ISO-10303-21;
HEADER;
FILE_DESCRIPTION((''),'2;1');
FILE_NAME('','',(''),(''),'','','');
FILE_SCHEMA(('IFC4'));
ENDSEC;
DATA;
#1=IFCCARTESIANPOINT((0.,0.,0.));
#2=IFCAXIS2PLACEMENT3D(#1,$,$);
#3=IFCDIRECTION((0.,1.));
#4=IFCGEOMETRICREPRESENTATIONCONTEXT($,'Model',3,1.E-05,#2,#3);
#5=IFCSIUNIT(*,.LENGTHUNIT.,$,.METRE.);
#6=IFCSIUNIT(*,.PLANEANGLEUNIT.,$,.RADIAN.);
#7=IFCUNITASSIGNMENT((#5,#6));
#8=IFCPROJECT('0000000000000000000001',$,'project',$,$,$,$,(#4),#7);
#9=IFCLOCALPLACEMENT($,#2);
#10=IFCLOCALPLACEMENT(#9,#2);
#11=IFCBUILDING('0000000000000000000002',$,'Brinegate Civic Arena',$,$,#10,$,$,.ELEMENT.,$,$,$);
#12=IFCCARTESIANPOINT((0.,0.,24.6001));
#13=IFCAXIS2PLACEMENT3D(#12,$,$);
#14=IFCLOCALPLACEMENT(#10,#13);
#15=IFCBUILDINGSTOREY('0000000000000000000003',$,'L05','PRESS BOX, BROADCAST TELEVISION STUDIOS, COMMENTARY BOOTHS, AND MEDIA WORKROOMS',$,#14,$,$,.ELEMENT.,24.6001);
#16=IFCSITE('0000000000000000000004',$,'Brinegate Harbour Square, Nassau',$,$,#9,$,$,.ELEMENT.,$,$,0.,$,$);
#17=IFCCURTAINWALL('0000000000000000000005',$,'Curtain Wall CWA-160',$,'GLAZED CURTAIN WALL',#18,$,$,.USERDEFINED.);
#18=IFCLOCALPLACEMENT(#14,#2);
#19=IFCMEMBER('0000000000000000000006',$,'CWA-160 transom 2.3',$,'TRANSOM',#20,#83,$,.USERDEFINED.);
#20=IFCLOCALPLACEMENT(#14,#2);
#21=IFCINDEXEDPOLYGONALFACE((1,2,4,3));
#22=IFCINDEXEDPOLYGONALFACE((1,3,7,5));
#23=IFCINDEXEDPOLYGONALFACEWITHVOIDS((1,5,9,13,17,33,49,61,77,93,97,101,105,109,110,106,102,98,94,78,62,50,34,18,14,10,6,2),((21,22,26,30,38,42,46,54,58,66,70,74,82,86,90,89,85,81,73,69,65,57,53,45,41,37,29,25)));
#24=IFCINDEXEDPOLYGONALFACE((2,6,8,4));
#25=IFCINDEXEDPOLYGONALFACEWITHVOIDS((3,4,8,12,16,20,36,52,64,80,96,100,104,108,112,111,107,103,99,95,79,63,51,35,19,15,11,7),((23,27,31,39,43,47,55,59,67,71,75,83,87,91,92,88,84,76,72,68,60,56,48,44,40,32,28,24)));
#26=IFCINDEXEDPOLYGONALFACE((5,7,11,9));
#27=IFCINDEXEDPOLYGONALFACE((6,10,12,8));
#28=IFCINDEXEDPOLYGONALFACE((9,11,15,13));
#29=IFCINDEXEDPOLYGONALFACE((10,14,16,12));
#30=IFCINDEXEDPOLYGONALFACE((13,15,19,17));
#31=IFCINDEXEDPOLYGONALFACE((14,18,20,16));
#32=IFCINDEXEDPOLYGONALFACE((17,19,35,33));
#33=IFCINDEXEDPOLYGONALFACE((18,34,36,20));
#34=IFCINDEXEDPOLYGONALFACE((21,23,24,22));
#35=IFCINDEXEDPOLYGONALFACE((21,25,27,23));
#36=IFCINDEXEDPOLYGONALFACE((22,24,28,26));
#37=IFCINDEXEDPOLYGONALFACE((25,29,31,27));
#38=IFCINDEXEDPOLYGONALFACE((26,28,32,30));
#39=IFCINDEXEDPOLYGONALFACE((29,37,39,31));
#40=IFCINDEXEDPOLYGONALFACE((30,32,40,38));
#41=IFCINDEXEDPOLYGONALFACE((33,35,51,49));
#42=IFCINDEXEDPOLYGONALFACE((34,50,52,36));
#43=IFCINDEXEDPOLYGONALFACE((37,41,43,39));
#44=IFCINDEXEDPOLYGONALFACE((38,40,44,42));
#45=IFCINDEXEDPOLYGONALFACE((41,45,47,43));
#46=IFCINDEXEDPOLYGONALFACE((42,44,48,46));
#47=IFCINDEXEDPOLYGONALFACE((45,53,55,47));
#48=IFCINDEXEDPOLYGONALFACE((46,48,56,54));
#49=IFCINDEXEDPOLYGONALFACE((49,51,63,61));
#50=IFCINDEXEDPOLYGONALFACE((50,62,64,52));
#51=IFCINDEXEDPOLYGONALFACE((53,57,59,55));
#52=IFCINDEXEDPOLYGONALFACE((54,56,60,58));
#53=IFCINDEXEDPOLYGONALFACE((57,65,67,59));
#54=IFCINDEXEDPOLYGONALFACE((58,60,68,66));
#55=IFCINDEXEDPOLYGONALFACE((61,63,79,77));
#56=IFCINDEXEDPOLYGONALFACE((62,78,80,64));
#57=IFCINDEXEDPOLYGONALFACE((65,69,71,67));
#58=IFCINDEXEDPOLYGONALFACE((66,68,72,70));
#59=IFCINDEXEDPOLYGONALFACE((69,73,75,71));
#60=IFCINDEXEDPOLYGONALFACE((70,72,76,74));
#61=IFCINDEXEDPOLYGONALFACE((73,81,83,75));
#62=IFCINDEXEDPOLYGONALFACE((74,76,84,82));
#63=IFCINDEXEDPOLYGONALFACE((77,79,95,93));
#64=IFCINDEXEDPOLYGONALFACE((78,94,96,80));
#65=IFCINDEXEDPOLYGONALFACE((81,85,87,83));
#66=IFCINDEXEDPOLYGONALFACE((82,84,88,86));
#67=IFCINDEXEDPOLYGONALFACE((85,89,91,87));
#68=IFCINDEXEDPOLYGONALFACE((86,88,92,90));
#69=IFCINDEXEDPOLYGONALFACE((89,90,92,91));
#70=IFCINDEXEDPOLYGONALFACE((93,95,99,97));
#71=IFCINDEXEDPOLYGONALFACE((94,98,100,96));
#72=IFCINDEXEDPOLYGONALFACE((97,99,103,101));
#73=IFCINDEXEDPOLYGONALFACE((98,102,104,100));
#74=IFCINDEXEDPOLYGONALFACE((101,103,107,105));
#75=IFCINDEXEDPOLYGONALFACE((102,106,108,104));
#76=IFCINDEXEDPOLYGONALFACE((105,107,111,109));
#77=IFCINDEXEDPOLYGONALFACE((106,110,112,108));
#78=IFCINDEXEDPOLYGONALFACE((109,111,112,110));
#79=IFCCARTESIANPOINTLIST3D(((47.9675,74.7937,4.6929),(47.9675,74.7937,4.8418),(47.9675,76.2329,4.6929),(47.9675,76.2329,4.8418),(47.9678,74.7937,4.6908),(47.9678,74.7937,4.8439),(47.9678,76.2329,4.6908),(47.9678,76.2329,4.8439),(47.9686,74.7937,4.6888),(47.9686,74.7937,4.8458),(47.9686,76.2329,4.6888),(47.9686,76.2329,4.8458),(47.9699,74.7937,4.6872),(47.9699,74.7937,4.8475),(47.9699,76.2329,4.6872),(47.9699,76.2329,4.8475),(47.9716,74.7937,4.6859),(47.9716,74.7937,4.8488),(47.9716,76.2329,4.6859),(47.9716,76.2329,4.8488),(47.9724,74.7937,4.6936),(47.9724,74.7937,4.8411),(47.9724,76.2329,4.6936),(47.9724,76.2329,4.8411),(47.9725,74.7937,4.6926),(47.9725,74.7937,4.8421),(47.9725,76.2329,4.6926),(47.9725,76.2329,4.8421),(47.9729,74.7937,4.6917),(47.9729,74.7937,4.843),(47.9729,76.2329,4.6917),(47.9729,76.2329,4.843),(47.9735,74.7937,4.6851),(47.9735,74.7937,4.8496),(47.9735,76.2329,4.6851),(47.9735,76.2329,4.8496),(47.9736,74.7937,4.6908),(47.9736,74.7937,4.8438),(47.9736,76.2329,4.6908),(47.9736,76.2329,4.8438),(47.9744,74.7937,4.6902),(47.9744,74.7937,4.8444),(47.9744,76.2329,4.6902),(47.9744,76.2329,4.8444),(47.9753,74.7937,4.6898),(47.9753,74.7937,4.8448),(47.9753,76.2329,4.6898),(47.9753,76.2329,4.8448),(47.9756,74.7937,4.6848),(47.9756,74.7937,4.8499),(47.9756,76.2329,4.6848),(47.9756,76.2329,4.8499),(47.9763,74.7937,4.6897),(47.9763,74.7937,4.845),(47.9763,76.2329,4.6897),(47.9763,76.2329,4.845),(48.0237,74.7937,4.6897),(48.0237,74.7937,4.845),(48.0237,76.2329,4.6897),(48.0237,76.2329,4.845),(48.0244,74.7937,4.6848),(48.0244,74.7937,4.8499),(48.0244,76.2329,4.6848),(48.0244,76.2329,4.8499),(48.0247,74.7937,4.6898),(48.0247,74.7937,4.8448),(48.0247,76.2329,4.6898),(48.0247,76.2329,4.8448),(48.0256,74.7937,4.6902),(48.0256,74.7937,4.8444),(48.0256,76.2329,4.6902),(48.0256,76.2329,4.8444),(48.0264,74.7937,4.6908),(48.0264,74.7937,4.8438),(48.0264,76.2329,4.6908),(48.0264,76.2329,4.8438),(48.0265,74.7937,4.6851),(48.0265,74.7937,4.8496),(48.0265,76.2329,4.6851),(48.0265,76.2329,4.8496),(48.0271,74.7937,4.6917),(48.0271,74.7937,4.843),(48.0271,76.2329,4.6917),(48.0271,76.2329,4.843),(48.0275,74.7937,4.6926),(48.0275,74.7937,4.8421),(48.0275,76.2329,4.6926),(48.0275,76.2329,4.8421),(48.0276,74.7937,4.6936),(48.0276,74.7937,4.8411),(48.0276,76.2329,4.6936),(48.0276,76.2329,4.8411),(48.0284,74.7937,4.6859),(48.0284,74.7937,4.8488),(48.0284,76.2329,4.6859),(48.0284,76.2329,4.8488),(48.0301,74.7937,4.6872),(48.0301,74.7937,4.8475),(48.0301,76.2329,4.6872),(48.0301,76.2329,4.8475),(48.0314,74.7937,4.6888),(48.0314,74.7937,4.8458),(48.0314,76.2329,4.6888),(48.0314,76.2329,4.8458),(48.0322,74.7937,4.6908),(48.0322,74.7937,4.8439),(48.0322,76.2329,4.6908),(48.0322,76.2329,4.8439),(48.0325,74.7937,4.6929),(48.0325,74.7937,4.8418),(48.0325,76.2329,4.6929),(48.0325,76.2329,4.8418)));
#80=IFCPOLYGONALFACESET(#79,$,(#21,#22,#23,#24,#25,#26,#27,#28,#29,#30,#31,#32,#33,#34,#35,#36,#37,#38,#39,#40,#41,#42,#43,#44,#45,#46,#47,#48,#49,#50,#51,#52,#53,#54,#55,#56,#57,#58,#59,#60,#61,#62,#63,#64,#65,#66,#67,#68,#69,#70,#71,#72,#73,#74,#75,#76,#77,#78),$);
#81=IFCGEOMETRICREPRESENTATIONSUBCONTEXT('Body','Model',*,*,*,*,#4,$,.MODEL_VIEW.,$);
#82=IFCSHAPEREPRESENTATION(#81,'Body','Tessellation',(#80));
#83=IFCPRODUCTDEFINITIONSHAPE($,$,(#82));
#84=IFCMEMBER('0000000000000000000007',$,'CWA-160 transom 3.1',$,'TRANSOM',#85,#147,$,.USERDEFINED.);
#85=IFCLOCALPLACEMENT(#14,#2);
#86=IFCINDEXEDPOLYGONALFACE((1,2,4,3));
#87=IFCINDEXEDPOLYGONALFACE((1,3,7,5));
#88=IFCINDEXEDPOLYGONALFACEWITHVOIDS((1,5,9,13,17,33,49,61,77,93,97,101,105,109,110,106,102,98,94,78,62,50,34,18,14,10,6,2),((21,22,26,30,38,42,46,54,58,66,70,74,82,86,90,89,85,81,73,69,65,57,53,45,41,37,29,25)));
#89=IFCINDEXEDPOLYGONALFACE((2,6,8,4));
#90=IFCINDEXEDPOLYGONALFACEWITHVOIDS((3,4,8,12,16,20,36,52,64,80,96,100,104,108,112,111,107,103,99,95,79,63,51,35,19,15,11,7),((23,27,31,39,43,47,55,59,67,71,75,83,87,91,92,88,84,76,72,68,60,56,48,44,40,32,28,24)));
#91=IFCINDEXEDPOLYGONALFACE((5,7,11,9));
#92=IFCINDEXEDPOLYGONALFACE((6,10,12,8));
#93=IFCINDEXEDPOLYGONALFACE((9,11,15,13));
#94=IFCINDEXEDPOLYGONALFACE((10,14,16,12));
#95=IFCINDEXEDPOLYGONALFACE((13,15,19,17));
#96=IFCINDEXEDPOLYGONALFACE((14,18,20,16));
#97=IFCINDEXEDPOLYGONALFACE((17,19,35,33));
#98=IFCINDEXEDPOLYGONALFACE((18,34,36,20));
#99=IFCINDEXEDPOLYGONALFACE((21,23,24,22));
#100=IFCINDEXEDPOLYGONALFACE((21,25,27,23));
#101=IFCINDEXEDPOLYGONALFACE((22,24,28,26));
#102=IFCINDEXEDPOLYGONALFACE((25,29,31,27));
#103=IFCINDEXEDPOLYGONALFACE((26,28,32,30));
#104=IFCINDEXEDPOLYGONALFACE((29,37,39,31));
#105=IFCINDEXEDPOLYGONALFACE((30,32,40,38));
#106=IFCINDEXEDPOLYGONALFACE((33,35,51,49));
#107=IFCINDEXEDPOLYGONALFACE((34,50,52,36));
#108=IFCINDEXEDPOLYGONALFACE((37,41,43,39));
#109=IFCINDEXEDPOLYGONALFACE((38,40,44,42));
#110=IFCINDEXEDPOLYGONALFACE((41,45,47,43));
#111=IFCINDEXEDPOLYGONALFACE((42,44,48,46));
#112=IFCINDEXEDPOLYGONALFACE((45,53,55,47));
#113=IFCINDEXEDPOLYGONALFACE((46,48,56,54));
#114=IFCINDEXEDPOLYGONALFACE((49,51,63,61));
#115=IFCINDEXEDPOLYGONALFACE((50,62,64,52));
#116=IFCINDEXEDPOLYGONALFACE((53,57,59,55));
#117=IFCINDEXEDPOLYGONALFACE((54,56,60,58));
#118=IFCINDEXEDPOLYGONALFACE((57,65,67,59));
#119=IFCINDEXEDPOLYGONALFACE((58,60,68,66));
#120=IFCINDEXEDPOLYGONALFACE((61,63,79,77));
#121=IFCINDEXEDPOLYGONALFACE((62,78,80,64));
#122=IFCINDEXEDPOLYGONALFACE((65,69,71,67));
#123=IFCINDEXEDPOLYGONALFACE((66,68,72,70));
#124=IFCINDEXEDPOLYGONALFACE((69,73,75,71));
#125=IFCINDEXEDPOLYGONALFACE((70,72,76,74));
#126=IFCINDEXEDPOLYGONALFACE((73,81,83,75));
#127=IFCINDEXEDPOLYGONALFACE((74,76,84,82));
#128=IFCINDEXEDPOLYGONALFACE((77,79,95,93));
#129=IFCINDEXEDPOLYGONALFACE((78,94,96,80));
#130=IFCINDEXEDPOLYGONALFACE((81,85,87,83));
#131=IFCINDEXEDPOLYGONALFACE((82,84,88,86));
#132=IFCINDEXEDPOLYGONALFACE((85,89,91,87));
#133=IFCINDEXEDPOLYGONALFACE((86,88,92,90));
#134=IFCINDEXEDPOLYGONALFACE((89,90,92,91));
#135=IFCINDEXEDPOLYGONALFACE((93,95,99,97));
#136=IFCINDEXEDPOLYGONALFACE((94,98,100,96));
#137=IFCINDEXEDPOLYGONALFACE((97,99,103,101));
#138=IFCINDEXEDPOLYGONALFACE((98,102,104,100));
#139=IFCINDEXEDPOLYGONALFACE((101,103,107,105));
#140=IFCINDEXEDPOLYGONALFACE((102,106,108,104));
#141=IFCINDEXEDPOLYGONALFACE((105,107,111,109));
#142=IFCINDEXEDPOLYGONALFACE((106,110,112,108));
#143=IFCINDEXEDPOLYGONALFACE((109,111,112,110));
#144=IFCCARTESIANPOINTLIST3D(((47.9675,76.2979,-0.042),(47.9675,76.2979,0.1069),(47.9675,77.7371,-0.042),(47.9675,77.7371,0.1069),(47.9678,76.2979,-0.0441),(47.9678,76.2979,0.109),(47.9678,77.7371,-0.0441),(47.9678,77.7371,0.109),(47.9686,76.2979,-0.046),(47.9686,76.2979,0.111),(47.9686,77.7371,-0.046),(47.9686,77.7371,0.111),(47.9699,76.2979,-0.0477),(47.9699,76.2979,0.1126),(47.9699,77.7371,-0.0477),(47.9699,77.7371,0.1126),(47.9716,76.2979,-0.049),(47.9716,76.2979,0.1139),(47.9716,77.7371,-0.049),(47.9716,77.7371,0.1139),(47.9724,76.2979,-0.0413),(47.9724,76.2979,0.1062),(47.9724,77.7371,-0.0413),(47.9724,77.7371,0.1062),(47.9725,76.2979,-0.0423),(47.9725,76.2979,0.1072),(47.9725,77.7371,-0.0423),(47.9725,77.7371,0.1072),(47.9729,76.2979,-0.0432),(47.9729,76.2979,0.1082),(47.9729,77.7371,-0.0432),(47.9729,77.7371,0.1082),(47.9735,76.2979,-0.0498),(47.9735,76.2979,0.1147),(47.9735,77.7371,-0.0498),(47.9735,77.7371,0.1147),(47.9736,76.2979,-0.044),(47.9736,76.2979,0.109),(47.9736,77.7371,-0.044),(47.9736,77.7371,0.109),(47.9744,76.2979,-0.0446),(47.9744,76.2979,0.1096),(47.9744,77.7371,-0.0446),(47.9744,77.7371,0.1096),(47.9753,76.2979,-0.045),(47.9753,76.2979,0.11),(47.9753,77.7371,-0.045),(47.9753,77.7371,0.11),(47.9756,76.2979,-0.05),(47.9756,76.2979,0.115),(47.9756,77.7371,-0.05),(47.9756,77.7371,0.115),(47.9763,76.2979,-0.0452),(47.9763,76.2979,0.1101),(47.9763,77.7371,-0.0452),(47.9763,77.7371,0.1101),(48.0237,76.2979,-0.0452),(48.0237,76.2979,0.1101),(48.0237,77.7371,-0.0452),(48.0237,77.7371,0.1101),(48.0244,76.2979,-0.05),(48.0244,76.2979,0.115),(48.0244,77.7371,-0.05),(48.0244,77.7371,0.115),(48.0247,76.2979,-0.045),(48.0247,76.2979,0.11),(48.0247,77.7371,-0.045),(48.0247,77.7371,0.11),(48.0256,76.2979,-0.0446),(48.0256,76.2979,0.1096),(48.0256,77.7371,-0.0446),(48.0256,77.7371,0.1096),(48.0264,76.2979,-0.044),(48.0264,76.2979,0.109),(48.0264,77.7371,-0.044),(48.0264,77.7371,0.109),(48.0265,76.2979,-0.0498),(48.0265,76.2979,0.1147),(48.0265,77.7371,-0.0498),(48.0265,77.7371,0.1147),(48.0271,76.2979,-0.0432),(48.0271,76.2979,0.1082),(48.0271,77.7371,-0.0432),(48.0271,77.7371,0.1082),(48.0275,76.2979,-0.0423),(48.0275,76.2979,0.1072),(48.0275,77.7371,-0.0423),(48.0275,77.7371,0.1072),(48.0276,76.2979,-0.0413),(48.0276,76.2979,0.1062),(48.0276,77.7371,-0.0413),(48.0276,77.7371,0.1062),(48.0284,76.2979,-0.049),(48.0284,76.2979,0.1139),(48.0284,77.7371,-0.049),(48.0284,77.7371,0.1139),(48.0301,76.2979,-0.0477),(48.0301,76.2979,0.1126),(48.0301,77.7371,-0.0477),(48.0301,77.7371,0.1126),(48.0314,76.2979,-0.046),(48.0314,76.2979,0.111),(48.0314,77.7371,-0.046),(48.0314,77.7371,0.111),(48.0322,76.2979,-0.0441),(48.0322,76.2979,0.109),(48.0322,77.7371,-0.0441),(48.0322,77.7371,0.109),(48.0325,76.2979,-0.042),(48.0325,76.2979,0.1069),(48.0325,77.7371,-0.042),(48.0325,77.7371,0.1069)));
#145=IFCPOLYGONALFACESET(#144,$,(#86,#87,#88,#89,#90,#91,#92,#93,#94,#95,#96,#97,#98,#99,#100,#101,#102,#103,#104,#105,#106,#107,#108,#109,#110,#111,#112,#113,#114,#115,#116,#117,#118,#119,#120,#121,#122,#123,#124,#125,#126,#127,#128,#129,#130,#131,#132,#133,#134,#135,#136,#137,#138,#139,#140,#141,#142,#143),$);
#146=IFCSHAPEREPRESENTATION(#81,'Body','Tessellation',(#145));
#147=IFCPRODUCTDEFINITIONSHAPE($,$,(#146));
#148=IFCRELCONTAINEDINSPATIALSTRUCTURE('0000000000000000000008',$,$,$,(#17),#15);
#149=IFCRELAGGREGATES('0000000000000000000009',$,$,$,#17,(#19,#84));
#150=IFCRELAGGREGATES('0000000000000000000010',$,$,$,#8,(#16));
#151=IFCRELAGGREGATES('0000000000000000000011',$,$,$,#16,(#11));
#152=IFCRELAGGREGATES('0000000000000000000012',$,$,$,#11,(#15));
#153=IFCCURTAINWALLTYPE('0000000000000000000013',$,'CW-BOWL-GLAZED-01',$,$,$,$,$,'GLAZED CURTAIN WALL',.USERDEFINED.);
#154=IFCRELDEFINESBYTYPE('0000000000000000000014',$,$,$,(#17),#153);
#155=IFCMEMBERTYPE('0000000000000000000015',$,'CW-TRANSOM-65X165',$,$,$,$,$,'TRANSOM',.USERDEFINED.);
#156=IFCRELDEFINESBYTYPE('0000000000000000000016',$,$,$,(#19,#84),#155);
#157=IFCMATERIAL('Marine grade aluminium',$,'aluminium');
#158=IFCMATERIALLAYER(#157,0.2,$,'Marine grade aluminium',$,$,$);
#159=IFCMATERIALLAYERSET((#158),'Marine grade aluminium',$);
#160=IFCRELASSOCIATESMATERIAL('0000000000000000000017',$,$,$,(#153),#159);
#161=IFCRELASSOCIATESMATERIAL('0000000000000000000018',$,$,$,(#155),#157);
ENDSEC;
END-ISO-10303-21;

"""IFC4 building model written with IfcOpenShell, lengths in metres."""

from ifc_helpers import new_model, si_unit, direction, frame, origin, origin_2d, place, context, subcontext, project, spatial, hollow_rectangle, extrude, material, layer, layer_set, material_profile, profile_set, type_object, element, aggregate, save


model = new_model("IFC4")

# Units and contexts
model_context = context("Model", 3, precision=1e-05, world=origin(), true_north=direction((0.0, 1.0)))
body_context = subcontext(model_context, "Body", "Model", "MODEL_VIEW")
ifc_project = project(units=[si_unit("LENGTHUNIT", "METRE"), si_unit("PLANEANGLEUNIT", "RADIAN")], contexts=[model_context])

# Site, building, storey
site_placement = place(None, origin())
site = spatial("IfcSite", under=ifc_project, at=site_placement, Name="Brinegate Harbour Square, Nassau", CompositionType="ELEMENT", RefElevation=0.0)
building_placement = place(site_placement, origin())
building = spatial("IfcBuilding", under=site, at=building_placement, Name="Brinegate Civic Arena", CompositionType="ELEMENT")
storey_placement = place(building_placement, frame((0.0, 0.0, 24.6001)))
storey = spatial("IfcBuildingStorey", under=building, at=storey_placement, Name="L05", Description="PRESS BOX, BROADCAST TELEVISION STUDIOS, COMMENTARY BOOTHS, AND MEDIA WORKROOMS", CompositionType="ELEMENT", Elevation=24.6001)

# Curtain wall, members
ifc_material_1 = material(Name="Marine grade aluminium", Category="aluminium")
ifc_layer_1 = layer(ifc_material_1, 0.2, Name="Marine grade aluminium")
ifc_layer_set_1 = layer_set([ifc_layer_1], Name="Marine grade aluminium")
curtain_wall_type = type_object("IfcCurtainWallType", Name="CW-BOWL-GLAZED-01", ElementType="GLAZED CURTAIN WALL", PredefinedType="USERDEFINED", material=ifc_layer_set_1)
curtain_wall_placement = place(storey_placement, origin())
curtain_wall = element("IfcCurtainWall", 1, at=curtain_wall_placement, inside=storey, type_object=curtain_wall_type, Name="Curtain Wall CWA-160", ObjectType="GLAZED CURTAIN WALL", PredefinedType="USERDEFINED")
ifc_material_profile_1 = material_profile(ifc_material_1, hollow_rectangle(XDim=0.0649, YDim=0.165, WallThickness=0.0049, InnerFilletRadius=0.0039, OuterFilletRadius=0.0081, at=origin_2d()), Name="TRN65X165")
ifc_profile_set_1 = profile_set([ifc_material_profile_1], Name="Marine grade aluminium")
member_type_1 = type_object("IfcMemberType", Name="CW-TRANSOM-65X165", ElementType="TRANSOM", PredefinedType="USERDEFINED", material=ifc_profile_set_1)
member_1_placement = place(storey_placement, frame((48.0, 74.7937, 4.7673), z_axis=(0.0, 1.0, 0.0), x_axis=(-1.0, 0.0, 0.0)))
member_1 = element("IfcMember", 2, at=member_1_placement, type_object=member_type_1, Name="CWA-160 transom 2.3", ObjectType="TRANSOM", PredefinedType="USERDEFINED", context=body_context, shape_type="SweptSolid", body=[
    extrude(hollow_rectangle(XDim=0.0649, YDim=0.165, WallThickness=0.0049, InnerFilletRadius=0.0039, OuterFilletRadius=0.0081, at=origin_2d()), origin(), (0.0, 0.0, 1.0), 1.4392),
])
member_2_placement = place(storey_placement, frame((48.0, 76.2979, 0.0325), z_axis=(0.0, 1.0, 0.0), x_axis=(-1.0, 0.0, 0.0)))
member_2 = element("IfcMember", 3, at=member_2_placement, type_object=member_type_1, Name="CWA-160 transom 3.1", ObjectType="TRANSOM", PredefinedType="USERDEFINED", context=body_context, shape_type="SweptSolid", body=[
    extrude(hollow_rectangle(XDim=0.0649, YDim=0.165, WallThickness=0.0049, InnerFilletRadius=0.0039, OuterFilletRadius=0.0081, at=origin_2d()), origin(), (0.0, 0.0, 1.0), 1.4392),
])

aggregate(curtain_wall, [member_1, member_2])

save(model, "model.ifc")
